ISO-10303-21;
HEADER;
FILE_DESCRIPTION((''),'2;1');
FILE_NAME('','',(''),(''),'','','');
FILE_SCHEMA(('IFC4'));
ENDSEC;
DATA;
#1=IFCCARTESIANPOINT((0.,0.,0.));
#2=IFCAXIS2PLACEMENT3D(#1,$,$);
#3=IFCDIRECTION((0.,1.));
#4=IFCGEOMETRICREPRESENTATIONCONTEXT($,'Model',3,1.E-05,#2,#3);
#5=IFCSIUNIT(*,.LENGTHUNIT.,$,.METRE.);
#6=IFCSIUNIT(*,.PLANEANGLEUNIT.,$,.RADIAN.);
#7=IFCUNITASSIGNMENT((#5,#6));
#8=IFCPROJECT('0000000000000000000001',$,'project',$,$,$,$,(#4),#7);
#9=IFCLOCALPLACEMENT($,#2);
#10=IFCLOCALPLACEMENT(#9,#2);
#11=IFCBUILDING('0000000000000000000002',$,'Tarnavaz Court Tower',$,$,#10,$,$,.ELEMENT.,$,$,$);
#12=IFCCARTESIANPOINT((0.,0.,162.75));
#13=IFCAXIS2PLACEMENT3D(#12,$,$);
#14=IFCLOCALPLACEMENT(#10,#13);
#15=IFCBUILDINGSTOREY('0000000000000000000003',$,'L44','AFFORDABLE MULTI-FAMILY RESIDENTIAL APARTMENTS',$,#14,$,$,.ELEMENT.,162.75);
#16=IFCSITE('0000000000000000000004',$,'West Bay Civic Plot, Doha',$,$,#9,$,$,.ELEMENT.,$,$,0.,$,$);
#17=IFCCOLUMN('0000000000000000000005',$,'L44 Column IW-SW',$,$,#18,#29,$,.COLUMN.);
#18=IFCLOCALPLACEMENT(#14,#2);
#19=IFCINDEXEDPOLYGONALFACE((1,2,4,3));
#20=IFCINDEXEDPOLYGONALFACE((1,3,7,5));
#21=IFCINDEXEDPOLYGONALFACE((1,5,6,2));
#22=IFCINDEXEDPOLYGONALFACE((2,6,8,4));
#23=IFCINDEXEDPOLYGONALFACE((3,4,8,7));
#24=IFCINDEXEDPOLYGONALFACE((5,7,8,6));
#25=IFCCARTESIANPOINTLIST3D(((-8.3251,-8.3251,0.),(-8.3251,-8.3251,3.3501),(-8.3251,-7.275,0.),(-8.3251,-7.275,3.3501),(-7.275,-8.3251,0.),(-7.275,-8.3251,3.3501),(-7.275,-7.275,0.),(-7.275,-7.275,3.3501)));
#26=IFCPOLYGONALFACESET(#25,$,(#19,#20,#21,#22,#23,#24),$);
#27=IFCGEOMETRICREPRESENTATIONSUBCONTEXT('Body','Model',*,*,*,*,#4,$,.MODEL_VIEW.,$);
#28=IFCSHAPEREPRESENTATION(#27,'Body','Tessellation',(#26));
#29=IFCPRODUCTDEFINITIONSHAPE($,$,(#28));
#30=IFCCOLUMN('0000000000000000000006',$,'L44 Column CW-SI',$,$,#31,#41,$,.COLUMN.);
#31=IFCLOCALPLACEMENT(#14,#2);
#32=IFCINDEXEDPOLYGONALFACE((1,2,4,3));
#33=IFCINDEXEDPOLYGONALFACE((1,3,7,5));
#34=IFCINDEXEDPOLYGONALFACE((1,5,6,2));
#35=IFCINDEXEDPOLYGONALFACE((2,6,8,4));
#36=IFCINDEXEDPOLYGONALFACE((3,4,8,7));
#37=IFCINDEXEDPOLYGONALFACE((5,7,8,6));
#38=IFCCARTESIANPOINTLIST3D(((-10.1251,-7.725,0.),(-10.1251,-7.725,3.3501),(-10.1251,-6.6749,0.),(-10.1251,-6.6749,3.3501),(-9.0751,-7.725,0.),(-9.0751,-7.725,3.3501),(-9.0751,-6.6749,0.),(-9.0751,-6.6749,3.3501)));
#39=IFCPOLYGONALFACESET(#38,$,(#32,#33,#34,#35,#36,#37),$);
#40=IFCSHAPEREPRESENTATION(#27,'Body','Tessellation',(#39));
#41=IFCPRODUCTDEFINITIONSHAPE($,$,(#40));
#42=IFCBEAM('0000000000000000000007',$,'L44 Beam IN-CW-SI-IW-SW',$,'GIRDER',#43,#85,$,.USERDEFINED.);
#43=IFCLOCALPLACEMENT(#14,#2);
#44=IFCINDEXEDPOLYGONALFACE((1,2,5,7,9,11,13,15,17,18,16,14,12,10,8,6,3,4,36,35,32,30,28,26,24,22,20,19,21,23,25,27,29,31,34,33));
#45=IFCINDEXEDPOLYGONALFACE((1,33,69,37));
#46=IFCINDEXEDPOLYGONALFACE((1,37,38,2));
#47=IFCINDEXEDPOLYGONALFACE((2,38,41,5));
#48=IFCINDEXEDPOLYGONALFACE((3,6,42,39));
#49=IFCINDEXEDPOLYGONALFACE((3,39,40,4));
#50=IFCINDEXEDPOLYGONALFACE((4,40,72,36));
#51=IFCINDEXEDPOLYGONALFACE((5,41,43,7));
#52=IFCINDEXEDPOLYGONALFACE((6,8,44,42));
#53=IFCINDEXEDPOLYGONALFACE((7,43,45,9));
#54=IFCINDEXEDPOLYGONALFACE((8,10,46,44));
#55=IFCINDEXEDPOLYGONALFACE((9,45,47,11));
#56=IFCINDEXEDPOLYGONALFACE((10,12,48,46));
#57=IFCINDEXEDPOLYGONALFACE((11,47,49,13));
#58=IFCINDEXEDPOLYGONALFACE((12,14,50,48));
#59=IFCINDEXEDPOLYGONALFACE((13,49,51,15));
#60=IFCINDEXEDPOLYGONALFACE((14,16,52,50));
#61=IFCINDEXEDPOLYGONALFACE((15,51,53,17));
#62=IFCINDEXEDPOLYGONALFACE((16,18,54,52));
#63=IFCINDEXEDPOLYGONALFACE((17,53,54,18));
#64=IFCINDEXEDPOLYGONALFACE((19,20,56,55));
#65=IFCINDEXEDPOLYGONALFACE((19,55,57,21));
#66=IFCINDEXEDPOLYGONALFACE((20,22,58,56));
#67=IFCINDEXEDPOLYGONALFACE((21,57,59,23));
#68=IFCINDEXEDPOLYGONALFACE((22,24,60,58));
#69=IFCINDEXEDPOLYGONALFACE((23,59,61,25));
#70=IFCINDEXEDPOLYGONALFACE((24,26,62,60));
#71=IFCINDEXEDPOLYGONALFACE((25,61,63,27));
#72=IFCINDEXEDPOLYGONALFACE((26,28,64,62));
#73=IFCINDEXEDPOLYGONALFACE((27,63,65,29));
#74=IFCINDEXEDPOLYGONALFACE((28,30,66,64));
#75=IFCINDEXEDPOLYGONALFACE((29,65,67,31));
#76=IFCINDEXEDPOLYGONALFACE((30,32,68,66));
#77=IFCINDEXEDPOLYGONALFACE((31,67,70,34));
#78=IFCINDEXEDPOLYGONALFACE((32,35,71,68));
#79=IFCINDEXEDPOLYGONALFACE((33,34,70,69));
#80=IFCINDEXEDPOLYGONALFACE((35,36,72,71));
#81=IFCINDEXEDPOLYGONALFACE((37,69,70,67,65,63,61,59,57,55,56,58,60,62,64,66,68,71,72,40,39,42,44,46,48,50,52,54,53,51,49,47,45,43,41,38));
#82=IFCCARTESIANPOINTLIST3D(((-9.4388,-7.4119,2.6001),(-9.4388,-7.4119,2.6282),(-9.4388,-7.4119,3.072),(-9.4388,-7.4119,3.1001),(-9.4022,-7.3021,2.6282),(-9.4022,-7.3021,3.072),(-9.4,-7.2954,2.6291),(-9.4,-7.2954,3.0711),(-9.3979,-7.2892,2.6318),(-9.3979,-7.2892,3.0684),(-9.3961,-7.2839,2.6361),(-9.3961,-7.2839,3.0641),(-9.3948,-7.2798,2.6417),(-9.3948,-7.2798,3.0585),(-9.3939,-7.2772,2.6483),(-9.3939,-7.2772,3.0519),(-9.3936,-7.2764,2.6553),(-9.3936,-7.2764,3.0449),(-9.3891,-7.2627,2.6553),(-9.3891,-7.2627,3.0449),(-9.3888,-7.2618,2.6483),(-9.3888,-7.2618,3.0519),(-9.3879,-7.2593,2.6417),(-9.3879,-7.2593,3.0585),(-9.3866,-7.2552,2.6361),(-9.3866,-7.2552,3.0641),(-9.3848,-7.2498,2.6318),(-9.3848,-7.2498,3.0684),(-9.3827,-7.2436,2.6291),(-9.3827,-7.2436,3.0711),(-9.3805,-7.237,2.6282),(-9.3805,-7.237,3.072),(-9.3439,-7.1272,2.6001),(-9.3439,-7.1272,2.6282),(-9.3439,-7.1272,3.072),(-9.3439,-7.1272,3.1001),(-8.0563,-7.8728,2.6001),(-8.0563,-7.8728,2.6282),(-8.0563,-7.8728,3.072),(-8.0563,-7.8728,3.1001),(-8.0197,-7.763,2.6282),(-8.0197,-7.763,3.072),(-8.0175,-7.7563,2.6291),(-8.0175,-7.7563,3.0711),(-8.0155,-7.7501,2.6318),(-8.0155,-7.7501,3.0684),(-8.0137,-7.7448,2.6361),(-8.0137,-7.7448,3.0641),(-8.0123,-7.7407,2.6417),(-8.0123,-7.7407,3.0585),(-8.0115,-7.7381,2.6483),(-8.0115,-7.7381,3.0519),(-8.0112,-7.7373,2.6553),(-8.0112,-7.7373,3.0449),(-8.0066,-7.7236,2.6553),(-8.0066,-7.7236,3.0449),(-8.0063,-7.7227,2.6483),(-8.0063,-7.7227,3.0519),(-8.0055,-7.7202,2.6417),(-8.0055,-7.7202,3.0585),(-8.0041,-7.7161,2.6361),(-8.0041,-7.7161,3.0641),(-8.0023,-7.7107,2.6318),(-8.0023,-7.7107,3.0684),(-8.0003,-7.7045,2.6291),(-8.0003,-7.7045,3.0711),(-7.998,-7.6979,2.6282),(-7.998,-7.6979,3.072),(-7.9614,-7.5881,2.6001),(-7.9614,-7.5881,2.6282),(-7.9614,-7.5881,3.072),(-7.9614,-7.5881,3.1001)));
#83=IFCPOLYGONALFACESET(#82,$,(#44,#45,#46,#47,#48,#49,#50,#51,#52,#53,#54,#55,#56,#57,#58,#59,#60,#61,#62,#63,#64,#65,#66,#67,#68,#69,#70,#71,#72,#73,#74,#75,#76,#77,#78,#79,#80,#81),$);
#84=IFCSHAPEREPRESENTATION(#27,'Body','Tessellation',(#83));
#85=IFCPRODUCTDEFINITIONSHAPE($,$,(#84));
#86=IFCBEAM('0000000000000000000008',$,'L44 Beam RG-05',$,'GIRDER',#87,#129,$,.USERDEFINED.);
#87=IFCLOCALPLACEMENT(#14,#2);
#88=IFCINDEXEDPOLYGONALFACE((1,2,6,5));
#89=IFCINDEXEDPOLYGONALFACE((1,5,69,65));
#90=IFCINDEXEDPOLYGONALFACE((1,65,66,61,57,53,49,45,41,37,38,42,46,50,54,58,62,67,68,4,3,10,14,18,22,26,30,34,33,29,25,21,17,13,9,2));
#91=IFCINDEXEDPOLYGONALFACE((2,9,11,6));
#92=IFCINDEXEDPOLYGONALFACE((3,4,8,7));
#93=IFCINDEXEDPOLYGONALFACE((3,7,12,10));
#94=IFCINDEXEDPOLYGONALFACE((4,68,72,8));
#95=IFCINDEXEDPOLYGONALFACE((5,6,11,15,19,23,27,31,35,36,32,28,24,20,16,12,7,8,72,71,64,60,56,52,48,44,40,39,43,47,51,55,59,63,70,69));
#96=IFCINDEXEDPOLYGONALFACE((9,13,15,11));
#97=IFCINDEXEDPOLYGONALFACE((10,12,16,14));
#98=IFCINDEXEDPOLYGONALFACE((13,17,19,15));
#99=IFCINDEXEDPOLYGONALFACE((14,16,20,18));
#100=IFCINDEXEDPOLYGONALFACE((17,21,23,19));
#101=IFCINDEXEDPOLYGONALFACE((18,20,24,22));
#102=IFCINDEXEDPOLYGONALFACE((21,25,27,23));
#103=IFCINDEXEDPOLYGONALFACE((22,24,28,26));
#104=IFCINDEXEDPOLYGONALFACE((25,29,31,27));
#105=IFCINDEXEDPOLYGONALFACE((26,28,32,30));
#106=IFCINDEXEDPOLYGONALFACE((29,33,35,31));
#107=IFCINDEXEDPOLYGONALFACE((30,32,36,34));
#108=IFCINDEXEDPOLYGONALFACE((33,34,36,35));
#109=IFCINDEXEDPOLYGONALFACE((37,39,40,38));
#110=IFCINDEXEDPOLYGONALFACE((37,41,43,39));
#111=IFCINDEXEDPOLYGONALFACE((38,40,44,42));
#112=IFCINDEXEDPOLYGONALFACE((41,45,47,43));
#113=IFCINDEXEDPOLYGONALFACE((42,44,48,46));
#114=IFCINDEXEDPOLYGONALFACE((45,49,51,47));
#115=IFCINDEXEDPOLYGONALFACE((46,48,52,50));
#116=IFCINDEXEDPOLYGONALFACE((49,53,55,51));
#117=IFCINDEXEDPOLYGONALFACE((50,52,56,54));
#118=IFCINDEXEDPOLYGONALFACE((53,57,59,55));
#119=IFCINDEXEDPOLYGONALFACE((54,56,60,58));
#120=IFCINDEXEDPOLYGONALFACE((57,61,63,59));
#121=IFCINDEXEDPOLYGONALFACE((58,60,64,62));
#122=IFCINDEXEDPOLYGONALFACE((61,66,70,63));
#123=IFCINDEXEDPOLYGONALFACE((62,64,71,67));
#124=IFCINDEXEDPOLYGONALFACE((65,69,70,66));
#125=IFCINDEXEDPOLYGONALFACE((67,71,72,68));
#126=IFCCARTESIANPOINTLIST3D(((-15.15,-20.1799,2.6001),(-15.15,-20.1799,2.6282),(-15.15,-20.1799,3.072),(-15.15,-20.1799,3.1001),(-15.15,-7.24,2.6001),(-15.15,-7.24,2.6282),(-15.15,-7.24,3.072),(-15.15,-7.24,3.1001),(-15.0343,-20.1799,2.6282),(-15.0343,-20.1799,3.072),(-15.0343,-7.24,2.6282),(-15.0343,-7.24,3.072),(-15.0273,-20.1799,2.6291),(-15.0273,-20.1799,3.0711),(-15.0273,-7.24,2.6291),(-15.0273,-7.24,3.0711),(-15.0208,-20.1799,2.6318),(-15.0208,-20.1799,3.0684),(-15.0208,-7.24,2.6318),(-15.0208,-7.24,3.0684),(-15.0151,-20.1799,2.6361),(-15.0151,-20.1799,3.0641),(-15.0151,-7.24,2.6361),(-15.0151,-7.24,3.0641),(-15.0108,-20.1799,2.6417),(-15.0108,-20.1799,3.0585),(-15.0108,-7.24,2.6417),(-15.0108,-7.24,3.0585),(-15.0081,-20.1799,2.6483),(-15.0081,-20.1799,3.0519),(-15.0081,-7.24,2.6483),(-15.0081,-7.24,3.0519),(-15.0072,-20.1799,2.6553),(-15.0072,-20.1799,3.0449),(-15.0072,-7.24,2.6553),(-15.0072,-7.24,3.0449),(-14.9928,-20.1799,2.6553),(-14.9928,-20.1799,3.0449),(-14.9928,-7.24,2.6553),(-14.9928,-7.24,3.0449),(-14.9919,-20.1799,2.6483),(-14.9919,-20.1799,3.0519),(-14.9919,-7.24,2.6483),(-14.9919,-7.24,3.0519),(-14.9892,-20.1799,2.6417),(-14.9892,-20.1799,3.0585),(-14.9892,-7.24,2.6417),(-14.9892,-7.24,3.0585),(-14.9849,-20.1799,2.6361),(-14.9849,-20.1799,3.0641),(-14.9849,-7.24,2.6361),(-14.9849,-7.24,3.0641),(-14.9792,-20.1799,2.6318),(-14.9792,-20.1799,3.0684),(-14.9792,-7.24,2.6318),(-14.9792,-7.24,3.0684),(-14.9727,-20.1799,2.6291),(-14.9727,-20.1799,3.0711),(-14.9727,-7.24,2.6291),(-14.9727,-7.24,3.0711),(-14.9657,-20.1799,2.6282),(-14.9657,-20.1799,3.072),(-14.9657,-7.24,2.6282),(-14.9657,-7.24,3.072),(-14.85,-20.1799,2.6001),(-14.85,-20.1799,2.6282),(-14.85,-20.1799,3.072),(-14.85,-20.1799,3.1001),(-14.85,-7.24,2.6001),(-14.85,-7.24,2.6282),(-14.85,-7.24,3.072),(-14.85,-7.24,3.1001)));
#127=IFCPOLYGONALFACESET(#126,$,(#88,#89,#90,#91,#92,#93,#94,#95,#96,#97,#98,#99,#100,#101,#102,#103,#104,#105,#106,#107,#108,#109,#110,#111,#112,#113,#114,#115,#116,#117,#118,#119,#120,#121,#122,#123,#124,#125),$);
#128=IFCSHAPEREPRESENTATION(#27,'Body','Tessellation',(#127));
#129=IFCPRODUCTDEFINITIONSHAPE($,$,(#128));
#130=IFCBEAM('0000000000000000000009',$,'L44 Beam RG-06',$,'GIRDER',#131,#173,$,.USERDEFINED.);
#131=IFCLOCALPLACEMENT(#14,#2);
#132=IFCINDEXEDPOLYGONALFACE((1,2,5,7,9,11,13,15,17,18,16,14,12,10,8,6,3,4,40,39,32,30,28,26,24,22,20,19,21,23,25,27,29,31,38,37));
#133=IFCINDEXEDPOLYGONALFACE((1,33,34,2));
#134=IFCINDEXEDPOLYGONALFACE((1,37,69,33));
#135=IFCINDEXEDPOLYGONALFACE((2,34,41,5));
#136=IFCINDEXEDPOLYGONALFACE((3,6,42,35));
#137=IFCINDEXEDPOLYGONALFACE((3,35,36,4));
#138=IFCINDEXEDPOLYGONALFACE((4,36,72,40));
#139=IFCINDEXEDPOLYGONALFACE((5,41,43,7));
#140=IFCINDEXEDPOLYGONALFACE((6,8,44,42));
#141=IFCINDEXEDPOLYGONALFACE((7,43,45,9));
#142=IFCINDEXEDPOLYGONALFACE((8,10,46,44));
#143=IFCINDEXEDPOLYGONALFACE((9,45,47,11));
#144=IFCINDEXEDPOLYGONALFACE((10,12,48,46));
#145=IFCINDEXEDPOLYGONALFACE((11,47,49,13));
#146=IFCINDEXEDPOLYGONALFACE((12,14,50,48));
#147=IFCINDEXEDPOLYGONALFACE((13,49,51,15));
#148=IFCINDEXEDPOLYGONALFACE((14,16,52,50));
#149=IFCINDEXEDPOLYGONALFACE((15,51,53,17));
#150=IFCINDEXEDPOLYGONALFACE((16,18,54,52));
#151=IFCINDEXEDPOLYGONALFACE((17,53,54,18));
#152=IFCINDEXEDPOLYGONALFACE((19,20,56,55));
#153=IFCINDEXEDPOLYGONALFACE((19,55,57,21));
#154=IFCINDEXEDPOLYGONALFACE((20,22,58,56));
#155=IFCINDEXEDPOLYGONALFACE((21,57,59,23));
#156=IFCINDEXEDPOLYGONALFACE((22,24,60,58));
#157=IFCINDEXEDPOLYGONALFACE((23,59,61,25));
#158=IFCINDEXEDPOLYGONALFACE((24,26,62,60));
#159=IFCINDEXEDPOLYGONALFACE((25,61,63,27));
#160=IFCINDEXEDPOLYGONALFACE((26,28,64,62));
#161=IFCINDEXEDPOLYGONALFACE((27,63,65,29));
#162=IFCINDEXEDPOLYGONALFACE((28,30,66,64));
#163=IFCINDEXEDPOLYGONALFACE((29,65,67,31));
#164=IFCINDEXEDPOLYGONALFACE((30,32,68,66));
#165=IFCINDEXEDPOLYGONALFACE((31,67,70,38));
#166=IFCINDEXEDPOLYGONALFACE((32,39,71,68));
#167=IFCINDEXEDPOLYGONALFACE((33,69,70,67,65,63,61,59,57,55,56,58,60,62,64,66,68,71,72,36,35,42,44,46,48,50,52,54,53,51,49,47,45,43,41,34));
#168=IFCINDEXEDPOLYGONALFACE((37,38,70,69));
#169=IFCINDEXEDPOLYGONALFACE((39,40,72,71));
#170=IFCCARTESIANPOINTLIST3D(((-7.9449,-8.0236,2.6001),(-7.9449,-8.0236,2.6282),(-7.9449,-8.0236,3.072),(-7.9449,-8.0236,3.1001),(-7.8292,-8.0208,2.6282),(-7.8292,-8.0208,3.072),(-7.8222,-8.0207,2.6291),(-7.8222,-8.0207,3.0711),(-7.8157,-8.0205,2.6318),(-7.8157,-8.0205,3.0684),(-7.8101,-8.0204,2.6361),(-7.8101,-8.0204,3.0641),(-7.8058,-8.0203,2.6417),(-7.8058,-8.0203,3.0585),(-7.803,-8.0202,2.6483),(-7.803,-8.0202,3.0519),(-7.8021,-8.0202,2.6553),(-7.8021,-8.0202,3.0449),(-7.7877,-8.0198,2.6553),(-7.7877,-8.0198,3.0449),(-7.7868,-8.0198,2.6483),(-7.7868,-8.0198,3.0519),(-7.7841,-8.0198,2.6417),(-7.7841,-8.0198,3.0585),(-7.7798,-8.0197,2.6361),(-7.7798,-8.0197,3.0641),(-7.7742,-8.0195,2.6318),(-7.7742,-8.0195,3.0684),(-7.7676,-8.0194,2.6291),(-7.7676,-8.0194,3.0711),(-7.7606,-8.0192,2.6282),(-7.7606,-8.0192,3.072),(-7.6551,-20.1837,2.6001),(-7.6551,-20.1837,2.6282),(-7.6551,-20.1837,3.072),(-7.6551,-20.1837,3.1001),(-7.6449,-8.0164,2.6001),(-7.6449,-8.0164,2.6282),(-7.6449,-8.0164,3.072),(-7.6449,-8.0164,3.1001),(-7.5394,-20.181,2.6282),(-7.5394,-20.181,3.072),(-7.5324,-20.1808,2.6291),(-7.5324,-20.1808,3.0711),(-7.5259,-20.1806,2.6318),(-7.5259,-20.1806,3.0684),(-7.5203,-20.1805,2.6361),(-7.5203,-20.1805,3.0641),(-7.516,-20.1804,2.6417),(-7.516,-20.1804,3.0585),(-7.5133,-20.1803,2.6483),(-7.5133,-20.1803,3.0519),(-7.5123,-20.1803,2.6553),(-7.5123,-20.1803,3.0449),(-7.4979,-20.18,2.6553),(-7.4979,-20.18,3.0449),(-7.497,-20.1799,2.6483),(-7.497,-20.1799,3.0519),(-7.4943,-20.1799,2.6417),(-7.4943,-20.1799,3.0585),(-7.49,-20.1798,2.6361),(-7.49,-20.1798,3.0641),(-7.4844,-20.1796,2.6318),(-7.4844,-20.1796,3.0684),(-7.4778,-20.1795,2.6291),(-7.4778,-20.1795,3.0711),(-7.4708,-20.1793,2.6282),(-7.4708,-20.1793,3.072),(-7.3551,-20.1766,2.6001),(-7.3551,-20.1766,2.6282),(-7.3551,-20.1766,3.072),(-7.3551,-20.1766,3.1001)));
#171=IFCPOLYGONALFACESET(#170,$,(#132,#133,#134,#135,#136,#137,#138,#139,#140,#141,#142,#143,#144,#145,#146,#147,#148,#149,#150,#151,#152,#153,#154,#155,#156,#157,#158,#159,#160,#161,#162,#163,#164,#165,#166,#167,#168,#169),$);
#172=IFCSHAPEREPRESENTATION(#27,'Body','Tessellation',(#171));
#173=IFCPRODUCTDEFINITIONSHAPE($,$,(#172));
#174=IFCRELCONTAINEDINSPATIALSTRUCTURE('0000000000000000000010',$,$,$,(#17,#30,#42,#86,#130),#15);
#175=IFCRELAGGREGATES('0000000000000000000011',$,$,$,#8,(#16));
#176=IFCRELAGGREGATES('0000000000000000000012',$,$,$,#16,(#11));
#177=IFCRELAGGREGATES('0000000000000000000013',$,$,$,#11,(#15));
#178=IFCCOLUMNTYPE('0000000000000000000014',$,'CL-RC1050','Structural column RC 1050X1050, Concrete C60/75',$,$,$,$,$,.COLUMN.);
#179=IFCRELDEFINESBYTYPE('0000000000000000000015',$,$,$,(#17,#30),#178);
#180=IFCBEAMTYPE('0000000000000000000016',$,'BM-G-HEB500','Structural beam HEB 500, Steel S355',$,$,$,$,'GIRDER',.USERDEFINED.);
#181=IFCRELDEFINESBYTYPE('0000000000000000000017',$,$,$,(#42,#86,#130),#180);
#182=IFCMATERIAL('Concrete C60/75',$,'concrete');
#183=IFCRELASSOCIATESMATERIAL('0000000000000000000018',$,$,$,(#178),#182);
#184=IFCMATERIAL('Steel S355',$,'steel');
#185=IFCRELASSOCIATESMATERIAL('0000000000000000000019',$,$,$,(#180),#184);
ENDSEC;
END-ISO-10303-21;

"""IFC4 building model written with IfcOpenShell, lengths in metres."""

from ifc_helpers import new_model, si_unit, direction, frame, origin, origin_2d, place, context, subcontext, project, spatial, rectangle, i_section, extrude, material, material_profile, profile_set, type_object, element, save


model = new_model("IFC4")

# Units and contexts
model_context = context("Model", 3, precision=1e-05, world=origin(), true_north=direction((0.0, 1.0)))
body_context = subcontext(model_context, "Body", "Model", "MODEL_VIEW")
ifc_project = project(units=[si_unit("LENGTHUNIT", "METRE"), si_unit("PLANEANGLEUNIT", "RADIAN")], contexts=[model_context])

# Site, building, storey
site_placement = place(None, origin())
site = spatial("IfcSite", under=ifc_project, at=site_placement, Name="West Bay Civic Plot, Doha", CompositionType="ELEMENT", RefElevation=0.0)
building_placement = place(site_placement, origin())
building = spatial("IfcBuilding", under=site, at=building_placement, Name="Tarnavaz Court Tower", CompositionType="ELEMENT")
storey_placement = place(building_placement, frame((0.0, 0.0, 162.75)))
storey = spatial("IfcBuildingStorey", under=building, at=storey_placement, Name="L44", Description="AFFORDABLE MULTI-FAMILY RESIDENTIAL APARTMENTS", CompositionType="ELEMENT", Elevation=162.75)

# Columns
ifc_material_1 = material(Name="Concrete C60/75", Category="concrete")
ifc_material_profile_1 = material_profile(ifc_material_1, rectangle(XDim=1.05, YDim=1.05, at=origin_2d()), Name="RC 1050X1050")
ifc_profile_set_1 = profile_set([ifc_material_profile_1], Name="Concrete C60/75")
column_type = type_object("IfcColumnType", Name="CL-RC1050", Description="Structural column RC 1050X1050, Concrete C60/75", PredefinedType="COLUMN", material=ifc_profile_set_1)
for number, where, z_axis, x_axis, name in (
    (1, (-7.8, -7.8, 0.0), (0.0, 0.0, 1.0), (1.0, 0.0, 0.0), "L44 Column IW-SW"),
    (2, (-9.6001, -7.2, 0.0), (0.0, 0.0, 1.0), (1.0, 0.0, 0.0), "L44 Column CW-SI"),
):
    element("IfcColumn", number, at=place(storey_placement, frame(where, z_axis=z_axis, x_axis=x_axis)), inside=storey, type_object=column_type, Name=name, PredefinedType="COLUMN", context=body_context, shape_type="SweptSolid", body=[
        extrude(rectangle(XDim=1.05, YDim=1.05, at=origin_2d()), origin(), (0.0, 0.0, 1.0), 3.3501),
    ])

# Beams
ifc_material_2 = material(Name="Steel S355", Category="steel")
ifc_material_profile_2 = material_profile(ifc_material_2, i_section(OverallWidth=0.3, OverallDepth=0.5, WebThickness=0.0144, FlangeThickness=0.0281, FilletRadius=0.0271, at=origin_2d()), Name="HEB 500")
ifc_profile_set_2 = profile_set([ifc_material_profile_2], Name="Steel S355")
beam_type_1 = type_object("IfcBeamType", Name="BM-G-HEB500", Description="Structural beam HEB 500, Steel S355", ElementType="GIRDER", PredefinedType="USERDEFINED", material=ifc_profile_set_2)
beam_1_placement = place(storey_placement, frame((-9.3914, -7.2695, 2.8501), z_axis=(0.948667, -0.316278, 0.0), x_axis=(0.316278, 0.948667, 0.0)))
element("IfcBeam", 3, at=beam_1_placement, inside=storey, type_object=beam_type_1, Name="L44 Beam IN-CW-SI-IW-SW", ObjectType="GIRDER", PredefinedType="USERDEFINED", context=body_context, shape_type="SweptSolid", body=[
    extrude(i_section(OverallWidth=0.3, OverallDepth=0.5, WebThickness=0.0144, FlangeThickness=0.0281, FilletRadius=0.0271, at=origin_2d()), origin(), (0.0, 0.0, 1.0), 1.4573),
])
beam_2_placement = place(storey_placement, frame((-15.0, -7.24, 2.8501), z_axis=(0.0, -1.0, 0.0), x_axis=(1.0, 0.0, 0.0)))
element("IfcBeam", 4, at=beam_2_placement, inside=storey, type_object=beam_type_1, Name="L44 Beam RG-05", ObjectType="GIRDER", PredefinedType="USERDEFINED", context=body_context, shape_type="SweptSolid", body=[
    extrude(i_section(OverallWidth=0.3, OverallDepth=0.5, WebThickness=0.0144, FlangeThickness=0.0281, FilletRadius=0.0271, at=origin_2d()), origin(), (0.0, 0.0, 1.0), 12.9399),
])
beam_3_placement = place(storey_placement, frame((-7.7949, -8.02, 2.8501), z_axis=(0.023825, -0.999716, 0.0), x_axis=(0.999716, 0.023825, 0.0)))
element("IfcBeam", 5, at=beam_3_placement, inside=storey, type_object=beam_type_1, Name="L44 Beam RG-06", ObjectType="GIRDER", PredefinedType="USERDEFINED", context=body_context, shape_type="SweptSolid", body=[
    extrude(i_section(OverallWidth=0.3, OverallDepth=0.5, WebThickness=0.0144, FlangeThickness=0.0281, FilletRadius=0.0271, at=origin_2d()), origin(), (0.0, 0.0, 1.0), 12.1636),
])

save(model, "model.ifc")
